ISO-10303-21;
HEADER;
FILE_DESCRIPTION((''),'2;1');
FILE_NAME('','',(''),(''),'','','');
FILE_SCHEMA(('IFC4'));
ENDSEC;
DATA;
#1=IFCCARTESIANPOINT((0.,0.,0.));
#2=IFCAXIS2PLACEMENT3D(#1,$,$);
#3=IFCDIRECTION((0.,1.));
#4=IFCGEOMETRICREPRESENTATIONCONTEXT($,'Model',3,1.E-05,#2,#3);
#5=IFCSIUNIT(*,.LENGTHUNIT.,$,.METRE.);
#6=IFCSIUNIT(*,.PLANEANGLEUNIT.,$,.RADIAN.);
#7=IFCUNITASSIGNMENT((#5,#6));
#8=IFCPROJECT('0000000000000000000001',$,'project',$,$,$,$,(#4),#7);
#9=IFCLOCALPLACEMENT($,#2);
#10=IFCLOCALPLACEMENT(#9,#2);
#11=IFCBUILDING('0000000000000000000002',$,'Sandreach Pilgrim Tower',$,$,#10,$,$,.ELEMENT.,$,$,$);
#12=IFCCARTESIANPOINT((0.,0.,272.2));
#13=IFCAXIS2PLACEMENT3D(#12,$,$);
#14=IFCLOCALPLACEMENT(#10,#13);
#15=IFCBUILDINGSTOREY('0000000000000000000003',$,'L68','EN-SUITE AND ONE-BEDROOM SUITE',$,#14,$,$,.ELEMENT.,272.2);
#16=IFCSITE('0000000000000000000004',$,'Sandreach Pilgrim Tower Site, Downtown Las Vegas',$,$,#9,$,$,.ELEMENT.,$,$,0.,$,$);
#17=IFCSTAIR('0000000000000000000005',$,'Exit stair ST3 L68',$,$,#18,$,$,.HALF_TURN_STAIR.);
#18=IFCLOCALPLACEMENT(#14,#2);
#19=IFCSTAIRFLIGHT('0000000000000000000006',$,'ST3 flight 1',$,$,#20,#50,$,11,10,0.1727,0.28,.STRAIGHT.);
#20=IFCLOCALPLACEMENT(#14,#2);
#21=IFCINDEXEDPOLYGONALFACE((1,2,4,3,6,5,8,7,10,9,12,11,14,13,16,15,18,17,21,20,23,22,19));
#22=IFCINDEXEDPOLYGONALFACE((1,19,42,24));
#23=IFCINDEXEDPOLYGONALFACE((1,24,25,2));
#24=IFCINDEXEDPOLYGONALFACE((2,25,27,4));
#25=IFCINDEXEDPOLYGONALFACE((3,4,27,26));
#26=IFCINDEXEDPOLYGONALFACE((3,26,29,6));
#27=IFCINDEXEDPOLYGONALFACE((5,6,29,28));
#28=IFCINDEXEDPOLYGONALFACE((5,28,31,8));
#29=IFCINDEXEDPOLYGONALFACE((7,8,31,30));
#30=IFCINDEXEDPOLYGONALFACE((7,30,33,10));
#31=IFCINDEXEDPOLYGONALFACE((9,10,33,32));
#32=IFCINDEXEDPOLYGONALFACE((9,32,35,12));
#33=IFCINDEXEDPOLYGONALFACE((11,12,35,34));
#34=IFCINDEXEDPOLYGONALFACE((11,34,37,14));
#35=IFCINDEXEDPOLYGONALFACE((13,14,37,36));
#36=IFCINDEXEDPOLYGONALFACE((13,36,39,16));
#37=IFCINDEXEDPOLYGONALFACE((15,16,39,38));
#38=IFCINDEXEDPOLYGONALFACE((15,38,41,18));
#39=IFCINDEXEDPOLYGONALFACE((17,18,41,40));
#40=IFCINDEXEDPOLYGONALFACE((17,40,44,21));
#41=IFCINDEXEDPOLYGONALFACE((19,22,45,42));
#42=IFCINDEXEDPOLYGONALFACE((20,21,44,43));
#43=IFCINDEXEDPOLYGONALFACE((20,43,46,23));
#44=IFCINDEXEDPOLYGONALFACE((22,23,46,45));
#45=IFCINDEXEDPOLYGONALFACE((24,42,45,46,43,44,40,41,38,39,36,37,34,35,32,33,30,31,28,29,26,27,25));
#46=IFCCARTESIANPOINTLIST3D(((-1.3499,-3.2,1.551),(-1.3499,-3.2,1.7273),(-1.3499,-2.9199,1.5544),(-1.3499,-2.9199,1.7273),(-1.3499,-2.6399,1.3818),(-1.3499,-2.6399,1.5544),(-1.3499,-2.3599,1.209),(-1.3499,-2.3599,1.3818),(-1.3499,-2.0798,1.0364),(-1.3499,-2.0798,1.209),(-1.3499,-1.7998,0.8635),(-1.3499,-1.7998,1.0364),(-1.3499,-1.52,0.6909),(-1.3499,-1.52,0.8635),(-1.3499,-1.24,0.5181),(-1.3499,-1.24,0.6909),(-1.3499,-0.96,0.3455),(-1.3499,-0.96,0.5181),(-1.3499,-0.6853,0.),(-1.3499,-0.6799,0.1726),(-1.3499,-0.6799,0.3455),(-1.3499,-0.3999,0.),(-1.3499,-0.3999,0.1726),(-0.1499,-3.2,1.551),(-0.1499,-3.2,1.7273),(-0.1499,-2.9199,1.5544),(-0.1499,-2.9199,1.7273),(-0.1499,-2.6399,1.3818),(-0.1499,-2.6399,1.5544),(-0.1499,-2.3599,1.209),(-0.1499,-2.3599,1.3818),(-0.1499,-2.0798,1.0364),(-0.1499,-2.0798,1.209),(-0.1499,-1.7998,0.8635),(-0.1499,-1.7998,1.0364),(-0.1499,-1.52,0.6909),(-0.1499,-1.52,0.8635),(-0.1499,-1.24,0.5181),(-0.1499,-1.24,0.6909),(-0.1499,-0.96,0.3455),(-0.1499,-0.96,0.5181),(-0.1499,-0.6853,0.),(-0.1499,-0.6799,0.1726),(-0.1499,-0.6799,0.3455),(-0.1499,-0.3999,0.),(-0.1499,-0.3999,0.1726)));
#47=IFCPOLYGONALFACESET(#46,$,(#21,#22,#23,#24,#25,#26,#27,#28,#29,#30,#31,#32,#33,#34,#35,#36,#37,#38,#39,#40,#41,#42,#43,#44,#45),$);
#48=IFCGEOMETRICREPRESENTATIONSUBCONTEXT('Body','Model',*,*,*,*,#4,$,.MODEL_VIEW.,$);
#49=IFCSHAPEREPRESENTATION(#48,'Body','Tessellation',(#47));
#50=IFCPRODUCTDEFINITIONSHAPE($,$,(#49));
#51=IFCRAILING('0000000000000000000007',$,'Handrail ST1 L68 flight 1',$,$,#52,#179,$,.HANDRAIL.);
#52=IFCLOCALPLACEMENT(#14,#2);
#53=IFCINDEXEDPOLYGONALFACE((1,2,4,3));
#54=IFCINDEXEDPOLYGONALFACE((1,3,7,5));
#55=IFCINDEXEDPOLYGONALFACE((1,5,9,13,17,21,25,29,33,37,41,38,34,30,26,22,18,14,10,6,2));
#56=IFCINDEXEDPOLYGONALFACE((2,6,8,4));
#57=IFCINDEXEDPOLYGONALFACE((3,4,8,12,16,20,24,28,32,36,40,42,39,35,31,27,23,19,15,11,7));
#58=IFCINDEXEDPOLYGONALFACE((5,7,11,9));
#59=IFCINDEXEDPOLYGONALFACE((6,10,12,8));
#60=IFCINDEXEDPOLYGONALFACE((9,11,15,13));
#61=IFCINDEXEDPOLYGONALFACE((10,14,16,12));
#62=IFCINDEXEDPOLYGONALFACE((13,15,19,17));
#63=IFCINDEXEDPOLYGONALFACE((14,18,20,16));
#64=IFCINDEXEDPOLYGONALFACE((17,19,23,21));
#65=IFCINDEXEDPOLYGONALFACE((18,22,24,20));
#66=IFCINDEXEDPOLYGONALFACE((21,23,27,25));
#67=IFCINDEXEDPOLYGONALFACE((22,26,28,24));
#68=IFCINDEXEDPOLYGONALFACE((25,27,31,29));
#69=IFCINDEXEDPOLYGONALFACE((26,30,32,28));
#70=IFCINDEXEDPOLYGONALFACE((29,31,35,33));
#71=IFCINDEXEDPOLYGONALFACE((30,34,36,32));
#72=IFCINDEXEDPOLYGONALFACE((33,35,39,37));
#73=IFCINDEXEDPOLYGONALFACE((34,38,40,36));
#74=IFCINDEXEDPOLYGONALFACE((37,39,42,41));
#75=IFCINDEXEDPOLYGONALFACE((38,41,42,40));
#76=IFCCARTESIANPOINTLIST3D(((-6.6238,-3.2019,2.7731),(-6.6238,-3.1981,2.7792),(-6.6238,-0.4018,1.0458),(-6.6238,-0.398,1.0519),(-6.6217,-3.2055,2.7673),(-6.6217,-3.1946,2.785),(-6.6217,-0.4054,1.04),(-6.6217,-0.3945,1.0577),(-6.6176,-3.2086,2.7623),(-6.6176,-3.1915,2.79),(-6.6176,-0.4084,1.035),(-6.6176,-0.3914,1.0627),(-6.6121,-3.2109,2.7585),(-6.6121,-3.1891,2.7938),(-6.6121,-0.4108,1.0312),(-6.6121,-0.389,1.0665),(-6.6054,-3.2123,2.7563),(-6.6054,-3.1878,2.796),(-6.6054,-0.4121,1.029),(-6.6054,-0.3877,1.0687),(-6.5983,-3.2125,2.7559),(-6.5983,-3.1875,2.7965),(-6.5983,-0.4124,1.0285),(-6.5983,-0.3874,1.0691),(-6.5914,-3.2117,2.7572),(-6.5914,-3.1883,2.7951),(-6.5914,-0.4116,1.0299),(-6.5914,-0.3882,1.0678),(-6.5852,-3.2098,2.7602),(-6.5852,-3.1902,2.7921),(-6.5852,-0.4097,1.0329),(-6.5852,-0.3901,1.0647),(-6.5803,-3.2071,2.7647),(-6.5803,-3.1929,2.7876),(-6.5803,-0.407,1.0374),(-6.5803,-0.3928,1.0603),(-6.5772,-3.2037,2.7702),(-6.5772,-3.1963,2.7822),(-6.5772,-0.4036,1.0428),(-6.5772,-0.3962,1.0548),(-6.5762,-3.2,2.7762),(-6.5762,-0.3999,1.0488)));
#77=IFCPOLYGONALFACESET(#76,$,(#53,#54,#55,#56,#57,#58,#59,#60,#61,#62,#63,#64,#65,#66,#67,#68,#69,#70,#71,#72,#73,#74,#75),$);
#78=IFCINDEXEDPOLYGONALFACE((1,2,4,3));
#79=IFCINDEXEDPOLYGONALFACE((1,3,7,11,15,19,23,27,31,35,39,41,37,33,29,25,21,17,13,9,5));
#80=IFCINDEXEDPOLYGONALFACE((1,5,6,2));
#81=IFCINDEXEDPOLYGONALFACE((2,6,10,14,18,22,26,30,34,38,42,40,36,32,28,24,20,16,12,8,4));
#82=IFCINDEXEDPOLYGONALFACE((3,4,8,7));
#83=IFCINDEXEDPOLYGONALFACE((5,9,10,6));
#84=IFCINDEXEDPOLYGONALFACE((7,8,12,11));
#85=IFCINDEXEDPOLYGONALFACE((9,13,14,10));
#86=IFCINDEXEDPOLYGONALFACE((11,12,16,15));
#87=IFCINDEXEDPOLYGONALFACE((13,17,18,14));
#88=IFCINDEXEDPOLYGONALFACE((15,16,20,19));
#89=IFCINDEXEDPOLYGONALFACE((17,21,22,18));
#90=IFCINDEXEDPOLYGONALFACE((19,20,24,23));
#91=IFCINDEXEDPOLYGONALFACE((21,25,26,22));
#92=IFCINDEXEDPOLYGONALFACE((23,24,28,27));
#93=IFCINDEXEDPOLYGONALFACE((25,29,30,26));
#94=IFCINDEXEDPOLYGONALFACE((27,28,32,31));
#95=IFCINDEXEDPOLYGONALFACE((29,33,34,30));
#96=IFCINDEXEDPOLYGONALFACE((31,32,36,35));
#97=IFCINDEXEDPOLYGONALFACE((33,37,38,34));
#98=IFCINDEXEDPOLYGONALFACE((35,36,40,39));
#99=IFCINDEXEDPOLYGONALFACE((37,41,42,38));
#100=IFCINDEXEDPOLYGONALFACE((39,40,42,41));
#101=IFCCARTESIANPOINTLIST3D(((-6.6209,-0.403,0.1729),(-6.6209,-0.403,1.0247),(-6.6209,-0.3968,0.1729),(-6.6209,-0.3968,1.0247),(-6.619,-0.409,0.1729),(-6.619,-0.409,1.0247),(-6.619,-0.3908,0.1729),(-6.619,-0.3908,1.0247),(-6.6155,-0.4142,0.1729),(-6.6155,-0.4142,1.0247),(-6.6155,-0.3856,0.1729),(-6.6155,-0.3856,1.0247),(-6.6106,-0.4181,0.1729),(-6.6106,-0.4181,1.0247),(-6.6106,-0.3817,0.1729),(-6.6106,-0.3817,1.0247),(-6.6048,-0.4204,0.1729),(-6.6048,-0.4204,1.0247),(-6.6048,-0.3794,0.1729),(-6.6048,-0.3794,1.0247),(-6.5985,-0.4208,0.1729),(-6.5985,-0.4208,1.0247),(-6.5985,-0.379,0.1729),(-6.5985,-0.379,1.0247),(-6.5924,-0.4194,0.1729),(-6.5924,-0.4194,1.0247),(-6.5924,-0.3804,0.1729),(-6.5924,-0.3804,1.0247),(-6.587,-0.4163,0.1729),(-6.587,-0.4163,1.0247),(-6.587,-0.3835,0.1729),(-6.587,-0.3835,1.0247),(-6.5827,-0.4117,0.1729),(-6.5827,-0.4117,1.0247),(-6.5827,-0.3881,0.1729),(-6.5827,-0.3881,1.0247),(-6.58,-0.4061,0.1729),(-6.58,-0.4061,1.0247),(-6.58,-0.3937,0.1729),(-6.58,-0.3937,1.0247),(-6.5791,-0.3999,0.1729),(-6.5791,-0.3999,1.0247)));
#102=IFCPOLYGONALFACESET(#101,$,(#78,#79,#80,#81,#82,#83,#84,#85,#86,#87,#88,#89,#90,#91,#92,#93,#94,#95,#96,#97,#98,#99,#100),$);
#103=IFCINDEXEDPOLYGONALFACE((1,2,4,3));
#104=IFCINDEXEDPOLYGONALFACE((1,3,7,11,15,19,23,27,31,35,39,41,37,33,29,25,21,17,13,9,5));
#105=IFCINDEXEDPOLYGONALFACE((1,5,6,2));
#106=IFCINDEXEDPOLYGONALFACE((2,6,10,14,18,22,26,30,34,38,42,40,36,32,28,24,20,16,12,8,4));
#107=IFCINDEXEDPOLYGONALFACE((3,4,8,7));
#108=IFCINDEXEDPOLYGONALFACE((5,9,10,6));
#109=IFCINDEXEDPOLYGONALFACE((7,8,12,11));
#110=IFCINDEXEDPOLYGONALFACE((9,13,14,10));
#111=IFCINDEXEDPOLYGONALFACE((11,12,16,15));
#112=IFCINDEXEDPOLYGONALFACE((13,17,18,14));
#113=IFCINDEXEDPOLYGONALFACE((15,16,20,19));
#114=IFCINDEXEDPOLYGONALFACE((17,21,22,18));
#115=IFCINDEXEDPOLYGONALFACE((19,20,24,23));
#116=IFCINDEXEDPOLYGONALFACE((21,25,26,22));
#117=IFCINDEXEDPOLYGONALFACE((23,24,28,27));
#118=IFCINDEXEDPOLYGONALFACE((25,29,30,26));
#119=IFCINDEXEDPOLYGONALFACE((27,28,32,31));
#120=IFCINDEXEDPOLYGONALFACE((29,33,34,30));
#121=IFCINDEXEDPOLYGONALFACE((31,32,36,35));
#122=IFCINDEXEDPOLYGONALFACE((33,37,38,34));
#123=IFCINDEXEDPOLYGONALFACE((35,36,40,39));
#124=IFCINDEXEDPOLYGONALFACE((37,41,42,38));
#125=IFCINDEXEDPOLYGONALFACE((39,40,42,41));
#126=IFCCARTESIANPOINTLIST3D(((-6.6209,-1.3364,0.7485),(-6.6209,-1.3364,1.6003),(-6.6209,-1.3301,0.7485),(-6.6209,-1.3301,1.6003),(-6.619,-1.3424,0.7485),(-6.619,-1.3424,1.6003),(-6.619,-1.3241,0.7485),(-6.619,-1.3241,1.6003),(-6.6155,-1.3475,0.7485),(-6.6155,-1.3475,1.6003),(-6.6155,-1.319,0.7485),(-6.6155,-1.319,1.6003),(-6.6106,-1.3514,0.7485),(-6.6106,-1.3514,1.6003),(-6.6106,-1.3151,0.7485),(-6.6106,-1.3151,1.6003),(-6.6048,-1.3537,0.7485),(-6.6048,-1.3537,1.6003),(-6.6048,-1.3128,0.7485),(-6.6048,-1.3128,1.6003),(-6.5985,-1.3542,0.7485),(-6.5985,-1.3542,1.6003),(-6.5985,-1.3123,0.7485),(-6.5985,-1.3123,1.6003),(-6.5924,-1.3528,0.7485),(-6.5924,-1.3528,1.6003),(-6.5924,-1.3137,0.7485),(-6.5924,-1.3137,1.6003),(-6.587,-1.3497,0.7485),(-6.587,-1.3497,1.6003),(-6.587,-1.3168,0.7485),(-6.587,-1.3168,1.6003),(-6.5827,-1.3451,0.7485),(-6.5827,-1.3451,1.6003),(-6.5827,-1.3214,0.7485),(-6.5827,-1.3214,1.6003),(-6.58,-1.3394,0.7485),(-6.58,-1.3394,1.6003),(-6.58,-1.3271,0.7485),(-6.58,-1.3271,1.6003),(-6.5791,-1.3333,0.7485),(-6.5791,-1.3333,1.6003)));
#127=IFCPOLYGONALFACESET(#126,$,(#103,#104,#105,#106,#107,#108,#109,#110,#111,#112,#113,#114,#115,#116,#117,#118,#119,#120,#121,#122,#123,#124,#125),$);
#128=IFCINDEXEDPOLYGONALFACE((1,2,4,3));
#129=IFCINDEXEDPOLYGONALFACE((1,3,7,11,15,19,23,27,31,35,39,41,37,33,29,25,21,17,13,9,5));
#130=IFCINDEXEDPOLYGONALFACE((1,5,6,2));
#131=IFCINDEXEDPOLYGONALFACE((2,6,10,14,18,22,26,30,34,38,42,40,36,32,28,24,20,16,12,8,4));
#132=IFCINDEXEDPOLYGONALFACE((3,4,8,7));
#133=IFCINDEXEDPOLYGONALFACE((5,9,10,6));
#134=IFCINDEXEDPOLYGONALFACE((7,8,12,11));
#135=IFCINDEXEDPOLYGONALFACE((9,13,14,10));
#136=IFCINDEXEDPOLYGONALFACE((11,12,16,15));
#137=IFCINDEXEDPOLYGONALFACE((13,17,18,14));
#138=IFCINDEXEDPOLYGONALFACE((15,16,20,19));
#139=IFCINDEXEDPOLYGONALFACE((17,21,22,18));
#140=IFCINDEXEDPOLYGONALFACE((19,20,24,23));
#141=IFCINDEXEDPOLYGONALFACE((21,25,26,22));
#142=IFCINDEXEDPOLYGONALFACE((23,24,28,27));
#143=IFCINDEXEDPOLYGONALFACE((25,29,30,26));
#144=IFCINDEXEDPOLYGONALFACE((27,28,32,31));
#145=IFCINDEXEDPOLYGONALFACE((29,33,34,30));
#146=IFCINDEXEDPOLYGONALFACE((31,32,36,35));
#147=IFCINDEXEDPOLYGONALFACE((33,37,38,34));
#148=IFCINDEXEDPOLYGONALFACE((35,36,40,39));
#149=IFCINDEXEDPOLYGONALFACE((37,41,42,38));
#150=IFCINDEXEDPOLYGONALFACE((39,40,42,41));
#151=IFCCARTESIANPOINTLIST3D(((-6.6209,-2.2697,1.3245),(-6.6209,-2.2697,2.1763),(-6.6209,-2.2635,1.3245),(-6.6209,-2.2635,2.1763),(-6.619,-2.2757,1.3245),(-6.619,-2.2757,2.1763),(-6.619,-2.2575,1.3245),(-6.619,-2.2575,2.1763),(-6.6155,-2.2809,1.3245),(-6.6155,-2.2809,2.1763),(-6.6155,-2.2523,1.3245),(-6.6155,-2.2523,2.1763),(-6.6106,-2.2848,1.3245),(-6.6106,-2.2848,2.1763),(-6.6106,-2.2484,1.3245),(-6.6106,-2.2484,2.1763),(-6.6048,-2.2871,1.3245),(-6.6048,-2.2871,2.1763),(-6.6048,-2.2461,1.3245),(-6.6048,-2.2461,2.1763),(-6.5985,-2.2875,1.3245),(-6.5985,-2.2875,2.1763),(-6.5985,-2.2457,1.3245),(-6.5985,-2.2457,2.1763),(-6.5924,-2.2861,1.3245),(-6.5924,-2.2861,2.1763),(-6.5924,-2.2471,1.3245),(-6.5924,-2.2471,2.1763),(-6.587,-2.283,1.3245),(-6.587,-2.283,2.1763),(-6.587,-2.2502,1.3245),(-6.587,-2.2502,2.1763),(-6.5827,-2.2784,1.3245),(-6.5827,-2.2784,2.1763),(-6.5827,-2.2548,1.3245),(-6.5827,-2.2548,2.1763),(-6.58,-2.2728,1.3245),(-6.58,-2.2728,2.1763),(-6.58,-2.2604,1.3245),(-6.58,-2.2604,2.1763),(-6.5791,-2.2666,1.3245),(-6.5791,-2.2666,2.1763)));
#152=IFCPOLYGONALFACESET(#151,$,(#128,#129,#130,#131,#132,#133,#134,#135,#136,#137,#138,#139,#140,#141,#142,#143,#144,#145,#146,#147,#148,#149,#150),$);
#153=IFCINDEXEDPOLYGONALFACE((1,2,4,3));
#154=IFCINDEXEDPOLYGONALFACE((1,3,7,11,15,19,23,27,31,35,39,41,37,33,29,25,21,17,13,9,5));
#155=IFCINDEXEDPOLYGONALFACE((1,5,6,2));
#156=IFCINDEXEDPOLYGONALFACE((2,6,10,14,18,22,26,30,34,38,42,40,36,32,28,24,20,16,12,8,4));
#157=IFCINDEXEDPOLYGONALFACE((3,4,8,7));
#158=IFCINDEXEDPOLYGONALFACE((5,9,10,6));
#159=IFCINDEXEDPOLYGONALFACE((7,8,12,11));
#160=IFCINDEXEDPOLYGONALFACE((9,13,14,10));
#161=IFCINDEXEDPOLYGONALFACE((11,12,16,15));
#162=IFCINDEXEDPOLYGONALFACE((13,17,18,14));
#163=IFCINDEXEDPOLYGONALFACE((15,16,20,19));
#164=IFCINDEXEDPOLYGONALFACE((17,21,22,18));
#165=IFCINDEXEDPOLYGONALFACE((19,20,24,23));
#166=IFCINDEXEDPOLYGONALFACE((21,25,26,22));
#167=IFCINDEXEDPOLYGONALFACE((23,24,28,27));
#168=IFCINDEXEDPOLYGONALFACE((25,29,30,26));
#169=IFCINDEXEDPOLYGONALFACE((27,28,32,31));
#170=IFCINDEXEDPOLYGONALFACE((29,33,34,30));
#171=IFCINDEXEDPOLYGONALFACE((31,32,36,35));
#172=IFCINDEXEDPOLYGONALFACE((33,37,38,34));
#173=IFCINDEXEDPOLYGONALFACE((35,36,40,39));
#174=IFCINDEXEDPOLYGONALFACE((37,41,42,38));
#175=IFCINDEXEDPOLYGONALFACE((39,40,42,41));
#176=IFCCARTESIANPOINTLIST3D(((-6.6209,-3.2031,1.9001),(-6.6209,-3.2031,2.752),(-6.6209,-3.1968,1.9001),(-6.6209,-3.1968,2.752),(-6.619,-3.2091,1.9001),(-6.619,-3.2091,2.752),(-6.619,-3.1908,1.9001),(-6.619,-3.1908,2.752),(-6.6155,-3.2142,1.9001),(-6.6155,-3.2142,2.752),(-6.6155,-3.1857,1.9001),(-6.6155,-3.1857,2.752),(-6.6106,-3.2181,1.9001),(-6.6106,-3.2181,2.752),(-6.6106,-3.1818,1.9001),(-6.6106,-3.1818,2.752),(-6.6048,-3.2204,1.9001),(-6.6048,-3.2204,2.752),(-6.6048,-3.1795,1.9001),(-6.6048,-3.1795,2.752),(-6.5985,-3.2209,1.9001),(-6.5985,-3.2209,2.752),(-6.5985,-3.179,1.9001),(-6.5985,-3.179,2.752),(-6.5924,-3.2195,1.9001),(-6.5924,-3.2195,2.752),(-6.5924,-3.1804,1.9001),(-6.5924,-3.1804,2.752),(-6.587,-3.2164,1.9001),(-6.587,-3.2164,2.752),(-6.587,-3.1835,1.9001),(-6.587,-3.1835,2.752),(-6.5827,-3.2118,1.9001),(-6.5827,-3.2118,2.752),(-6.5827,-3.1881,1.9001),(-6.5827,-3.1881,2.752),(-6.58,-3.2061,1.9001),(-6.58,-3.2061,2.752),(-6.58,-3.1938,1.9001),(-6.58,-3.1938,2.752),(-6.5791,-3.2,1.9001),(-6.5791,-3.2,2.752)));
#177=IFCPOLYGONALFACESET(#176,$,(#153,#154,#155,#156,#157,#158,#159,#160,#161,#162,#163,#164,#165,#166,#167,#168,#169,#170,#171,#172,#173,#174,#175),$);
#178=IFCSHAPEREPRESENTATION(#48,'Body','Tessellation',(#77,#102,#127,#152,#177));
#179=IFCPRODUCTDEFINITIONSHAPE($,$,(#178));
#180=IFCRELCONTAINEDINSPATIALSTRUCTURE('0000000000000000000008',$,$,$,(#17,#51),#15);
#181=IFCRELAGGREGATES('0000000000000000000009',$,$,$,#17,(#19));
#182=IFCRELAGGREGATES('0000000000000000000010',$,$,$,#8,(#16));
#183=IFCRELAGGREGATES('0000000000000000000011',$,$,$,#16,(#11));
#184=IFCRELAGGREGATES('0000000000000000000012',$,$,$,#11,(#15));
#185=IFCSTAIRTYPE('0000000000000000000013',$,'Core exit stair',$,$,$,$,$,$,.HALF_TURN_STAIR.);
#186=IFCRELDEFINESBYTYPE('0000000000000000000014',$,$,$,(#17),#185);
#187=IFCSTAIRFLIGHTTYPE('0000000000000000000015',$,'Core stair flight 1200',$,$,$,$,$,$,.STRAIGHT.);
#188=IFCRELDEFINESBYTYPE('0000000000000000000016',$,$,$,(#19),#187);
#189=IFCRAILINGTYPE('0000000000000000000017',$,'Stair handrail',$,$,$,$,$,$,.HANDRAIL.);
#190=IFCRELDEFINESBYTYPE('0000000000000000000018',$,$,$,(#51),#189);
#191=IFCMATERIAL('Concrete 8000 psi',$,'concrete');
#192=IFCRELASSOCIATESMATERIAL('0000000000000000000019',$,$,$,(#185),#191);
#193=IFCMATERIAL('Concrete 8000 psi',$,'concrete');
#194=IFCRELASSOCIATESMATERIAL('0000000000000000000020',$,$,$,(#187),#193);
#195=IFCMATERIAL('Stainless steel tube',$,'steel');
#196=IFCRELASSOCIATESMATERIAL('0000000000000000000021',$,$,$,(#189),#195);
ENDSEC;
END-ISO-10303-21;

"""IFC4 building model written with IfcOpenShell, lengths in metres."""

from ifc_helpers import new_model, si_unit, direction, frame, origin, origin_2d, place, context, subcontext, project, spatial, polyline, circle, outline, extrude, material, type_object, element, aggregate, save


model = new_model("IFC4")

# Units and contexts
model_context = context("Model", 3, precision=1e-05, world=origin(), true_north=direction((0.0, 1.0)))
body_context = subcontext(model_context, "Body", "Model", "MODEL_VIEW")
ifc_project = project(units=[si_unit("LENGTHUNIT", "METRE"), si_unit("PLANEANGLEUNIT", "RADIAN")], contexts=[model_context])

# Site, building, storey
site_placement = place(None, origin())
site = spatial("IfcSite", under=ifc_project, at=site_placement, Name="Sandreach Pilgrim Tower Site, Downtown Las Vegas", CompositionType="ELEMENT", RefElevation=0.0)
building_placement = place(site_placement, origin())
building = spatial("IfcBuilding", under=site, at=building_placement, Name="Sandreach Pilgrim Tower", CompositionType="ELEMENT")
storey_placement = place(building_placement, frame((0.0, 0.0, 272.2)))
storey = spatial("IfcBuildingStorey", under=building, at=storey_placement, Name="L68", Description="EN-SUITE AND ONE-BEDROOM SUITE", CompositionType="ELEMENT", Elevation=272.2)

# Shared definitions
ifc_material_1 = material(Name="Concrete 8000 psi", Category="concrete")
stair_type = type_object("IfcStairType", Name="Core exit stair", PredefinedType="HALF_TURN_STAIR", material=ifc_material_1)
ifc_material_2 = material(Name="Concrete 8000 psi", Category="concrete")
stair_flight_type = type_object("IfcStairFlightType", Name="Core stair flight 1200", PredefinedType="STRAIGHT", material=ifc_material_2)

# Stair, stair flight
stair_1_placement = place(storey_placement, origin())
stair_1 = element("IfcStair", 1, at=stair_1_placement, inside=storey, type_object=stair_type, Name="Exit stair ST3 L68", PredefinedType="HALF_TURN_STAIR")
stair_flight_1_placement = place(storey_placement, frame((-0.75, -0.3999, 0.0), z_axis=(0.0, 0.0, 1.0), x_axis=(0.0, -1.0, 0.0)))
stair_flight_1 = element("IfcStairFlight", 2, at=stair_flight_1_placement, type_object=stair_flight_type, Name="ST3 flight 1", NumberOfRisers=11, NumberOfTreads=10, PredefinedType="STRAIGHT", RiserHeight=0.1727, TreadLength=0.28, context=body_context, shape_type="SweptSolid", body=[
    extrude(outline(polyline([(0.0, 0.0), (0.0, 0.1726), (0.28, 0.1726), (0.28, 0.3455), (0.5601, 0.3455), (0.5601, 0.5181), (0.8401, 0.5181), (0.8401, 0.6909), (1.1201, 0.6909), (1.1201, 0.8635), (1.3999, 0.8635), (1.3999, 1.0364), (1.6799, 1.0364), (1.6799, 1.209), (1.96, 1.209), (1.96, 1.3818), (2.24, 1.3818), (2.24, 1.5544), (2.52, 1.5544), (2.52, 1.7273), (2.8, 1.7273), (2.8, 1.8999), (2.8, 1.551), (0.2854, 0.0), (0.0, 0.0)])), frame((0.0, 0.6001, 0.0), z_axis=(0.0, -1.0, 0.0), x_axis=(1.0, 0.0, 0.0)), (0.0, 0.0, 1.0), 1.2),
])
aggregate(stair_1, [stair_flight_1])

# Railing
ifc_material_3 = material(Name="Stainless steel tube", Category="steel")
railing_type = type_object("IfcRailingType", Name="Stair handrail", PredefinedType="HANDRAIL", material=ifc_material_3)
railing_placement = place(storey_placement, frame((-6.6001, -0.3999, 0.1729)))
element("IfcRailing", 3, at=railing_placement, inside=storey, type_object=railing_type, Name="Handrail ST1 L68 flight 1", PredefinedType="HANDRAIL", context=body_context, shape_type="SweptSolid", body=[
    extrude(circle(Radius=0.0239, at=origin_2d()), frame((0.0, 0.0, 0.876), z_axis=(0.0, -0.85109, 0.52502), x_axis=(1.0, 0.0, 0.0)), (0.0, 0.0, 1.0), 3.29),
    extrude(circle(Radius=0.021, at=origin_2d()), origin(), (0.0, 0.0, 1.0), 0.8518),
    extrude(circle(Radius=0.021, at=origin_2d()), frame((0.0, -0.9333, 0.5757)), (0.0, 0.0, 1.0), 0.8518),
    extrude(circle(Radius=0.021, at=origin_2d()), frame((0.0, -1.8667, 1.1516)), (0.0, 0.0, 1.0), 0.8518),
    extrude(circle(Radius=0.021, at=origin_2d()), frame((0.0, -2.8, 1.7273)), (0.0, 0.0, 1.0), 0.8518),
])

save(model, "model.ifc")
